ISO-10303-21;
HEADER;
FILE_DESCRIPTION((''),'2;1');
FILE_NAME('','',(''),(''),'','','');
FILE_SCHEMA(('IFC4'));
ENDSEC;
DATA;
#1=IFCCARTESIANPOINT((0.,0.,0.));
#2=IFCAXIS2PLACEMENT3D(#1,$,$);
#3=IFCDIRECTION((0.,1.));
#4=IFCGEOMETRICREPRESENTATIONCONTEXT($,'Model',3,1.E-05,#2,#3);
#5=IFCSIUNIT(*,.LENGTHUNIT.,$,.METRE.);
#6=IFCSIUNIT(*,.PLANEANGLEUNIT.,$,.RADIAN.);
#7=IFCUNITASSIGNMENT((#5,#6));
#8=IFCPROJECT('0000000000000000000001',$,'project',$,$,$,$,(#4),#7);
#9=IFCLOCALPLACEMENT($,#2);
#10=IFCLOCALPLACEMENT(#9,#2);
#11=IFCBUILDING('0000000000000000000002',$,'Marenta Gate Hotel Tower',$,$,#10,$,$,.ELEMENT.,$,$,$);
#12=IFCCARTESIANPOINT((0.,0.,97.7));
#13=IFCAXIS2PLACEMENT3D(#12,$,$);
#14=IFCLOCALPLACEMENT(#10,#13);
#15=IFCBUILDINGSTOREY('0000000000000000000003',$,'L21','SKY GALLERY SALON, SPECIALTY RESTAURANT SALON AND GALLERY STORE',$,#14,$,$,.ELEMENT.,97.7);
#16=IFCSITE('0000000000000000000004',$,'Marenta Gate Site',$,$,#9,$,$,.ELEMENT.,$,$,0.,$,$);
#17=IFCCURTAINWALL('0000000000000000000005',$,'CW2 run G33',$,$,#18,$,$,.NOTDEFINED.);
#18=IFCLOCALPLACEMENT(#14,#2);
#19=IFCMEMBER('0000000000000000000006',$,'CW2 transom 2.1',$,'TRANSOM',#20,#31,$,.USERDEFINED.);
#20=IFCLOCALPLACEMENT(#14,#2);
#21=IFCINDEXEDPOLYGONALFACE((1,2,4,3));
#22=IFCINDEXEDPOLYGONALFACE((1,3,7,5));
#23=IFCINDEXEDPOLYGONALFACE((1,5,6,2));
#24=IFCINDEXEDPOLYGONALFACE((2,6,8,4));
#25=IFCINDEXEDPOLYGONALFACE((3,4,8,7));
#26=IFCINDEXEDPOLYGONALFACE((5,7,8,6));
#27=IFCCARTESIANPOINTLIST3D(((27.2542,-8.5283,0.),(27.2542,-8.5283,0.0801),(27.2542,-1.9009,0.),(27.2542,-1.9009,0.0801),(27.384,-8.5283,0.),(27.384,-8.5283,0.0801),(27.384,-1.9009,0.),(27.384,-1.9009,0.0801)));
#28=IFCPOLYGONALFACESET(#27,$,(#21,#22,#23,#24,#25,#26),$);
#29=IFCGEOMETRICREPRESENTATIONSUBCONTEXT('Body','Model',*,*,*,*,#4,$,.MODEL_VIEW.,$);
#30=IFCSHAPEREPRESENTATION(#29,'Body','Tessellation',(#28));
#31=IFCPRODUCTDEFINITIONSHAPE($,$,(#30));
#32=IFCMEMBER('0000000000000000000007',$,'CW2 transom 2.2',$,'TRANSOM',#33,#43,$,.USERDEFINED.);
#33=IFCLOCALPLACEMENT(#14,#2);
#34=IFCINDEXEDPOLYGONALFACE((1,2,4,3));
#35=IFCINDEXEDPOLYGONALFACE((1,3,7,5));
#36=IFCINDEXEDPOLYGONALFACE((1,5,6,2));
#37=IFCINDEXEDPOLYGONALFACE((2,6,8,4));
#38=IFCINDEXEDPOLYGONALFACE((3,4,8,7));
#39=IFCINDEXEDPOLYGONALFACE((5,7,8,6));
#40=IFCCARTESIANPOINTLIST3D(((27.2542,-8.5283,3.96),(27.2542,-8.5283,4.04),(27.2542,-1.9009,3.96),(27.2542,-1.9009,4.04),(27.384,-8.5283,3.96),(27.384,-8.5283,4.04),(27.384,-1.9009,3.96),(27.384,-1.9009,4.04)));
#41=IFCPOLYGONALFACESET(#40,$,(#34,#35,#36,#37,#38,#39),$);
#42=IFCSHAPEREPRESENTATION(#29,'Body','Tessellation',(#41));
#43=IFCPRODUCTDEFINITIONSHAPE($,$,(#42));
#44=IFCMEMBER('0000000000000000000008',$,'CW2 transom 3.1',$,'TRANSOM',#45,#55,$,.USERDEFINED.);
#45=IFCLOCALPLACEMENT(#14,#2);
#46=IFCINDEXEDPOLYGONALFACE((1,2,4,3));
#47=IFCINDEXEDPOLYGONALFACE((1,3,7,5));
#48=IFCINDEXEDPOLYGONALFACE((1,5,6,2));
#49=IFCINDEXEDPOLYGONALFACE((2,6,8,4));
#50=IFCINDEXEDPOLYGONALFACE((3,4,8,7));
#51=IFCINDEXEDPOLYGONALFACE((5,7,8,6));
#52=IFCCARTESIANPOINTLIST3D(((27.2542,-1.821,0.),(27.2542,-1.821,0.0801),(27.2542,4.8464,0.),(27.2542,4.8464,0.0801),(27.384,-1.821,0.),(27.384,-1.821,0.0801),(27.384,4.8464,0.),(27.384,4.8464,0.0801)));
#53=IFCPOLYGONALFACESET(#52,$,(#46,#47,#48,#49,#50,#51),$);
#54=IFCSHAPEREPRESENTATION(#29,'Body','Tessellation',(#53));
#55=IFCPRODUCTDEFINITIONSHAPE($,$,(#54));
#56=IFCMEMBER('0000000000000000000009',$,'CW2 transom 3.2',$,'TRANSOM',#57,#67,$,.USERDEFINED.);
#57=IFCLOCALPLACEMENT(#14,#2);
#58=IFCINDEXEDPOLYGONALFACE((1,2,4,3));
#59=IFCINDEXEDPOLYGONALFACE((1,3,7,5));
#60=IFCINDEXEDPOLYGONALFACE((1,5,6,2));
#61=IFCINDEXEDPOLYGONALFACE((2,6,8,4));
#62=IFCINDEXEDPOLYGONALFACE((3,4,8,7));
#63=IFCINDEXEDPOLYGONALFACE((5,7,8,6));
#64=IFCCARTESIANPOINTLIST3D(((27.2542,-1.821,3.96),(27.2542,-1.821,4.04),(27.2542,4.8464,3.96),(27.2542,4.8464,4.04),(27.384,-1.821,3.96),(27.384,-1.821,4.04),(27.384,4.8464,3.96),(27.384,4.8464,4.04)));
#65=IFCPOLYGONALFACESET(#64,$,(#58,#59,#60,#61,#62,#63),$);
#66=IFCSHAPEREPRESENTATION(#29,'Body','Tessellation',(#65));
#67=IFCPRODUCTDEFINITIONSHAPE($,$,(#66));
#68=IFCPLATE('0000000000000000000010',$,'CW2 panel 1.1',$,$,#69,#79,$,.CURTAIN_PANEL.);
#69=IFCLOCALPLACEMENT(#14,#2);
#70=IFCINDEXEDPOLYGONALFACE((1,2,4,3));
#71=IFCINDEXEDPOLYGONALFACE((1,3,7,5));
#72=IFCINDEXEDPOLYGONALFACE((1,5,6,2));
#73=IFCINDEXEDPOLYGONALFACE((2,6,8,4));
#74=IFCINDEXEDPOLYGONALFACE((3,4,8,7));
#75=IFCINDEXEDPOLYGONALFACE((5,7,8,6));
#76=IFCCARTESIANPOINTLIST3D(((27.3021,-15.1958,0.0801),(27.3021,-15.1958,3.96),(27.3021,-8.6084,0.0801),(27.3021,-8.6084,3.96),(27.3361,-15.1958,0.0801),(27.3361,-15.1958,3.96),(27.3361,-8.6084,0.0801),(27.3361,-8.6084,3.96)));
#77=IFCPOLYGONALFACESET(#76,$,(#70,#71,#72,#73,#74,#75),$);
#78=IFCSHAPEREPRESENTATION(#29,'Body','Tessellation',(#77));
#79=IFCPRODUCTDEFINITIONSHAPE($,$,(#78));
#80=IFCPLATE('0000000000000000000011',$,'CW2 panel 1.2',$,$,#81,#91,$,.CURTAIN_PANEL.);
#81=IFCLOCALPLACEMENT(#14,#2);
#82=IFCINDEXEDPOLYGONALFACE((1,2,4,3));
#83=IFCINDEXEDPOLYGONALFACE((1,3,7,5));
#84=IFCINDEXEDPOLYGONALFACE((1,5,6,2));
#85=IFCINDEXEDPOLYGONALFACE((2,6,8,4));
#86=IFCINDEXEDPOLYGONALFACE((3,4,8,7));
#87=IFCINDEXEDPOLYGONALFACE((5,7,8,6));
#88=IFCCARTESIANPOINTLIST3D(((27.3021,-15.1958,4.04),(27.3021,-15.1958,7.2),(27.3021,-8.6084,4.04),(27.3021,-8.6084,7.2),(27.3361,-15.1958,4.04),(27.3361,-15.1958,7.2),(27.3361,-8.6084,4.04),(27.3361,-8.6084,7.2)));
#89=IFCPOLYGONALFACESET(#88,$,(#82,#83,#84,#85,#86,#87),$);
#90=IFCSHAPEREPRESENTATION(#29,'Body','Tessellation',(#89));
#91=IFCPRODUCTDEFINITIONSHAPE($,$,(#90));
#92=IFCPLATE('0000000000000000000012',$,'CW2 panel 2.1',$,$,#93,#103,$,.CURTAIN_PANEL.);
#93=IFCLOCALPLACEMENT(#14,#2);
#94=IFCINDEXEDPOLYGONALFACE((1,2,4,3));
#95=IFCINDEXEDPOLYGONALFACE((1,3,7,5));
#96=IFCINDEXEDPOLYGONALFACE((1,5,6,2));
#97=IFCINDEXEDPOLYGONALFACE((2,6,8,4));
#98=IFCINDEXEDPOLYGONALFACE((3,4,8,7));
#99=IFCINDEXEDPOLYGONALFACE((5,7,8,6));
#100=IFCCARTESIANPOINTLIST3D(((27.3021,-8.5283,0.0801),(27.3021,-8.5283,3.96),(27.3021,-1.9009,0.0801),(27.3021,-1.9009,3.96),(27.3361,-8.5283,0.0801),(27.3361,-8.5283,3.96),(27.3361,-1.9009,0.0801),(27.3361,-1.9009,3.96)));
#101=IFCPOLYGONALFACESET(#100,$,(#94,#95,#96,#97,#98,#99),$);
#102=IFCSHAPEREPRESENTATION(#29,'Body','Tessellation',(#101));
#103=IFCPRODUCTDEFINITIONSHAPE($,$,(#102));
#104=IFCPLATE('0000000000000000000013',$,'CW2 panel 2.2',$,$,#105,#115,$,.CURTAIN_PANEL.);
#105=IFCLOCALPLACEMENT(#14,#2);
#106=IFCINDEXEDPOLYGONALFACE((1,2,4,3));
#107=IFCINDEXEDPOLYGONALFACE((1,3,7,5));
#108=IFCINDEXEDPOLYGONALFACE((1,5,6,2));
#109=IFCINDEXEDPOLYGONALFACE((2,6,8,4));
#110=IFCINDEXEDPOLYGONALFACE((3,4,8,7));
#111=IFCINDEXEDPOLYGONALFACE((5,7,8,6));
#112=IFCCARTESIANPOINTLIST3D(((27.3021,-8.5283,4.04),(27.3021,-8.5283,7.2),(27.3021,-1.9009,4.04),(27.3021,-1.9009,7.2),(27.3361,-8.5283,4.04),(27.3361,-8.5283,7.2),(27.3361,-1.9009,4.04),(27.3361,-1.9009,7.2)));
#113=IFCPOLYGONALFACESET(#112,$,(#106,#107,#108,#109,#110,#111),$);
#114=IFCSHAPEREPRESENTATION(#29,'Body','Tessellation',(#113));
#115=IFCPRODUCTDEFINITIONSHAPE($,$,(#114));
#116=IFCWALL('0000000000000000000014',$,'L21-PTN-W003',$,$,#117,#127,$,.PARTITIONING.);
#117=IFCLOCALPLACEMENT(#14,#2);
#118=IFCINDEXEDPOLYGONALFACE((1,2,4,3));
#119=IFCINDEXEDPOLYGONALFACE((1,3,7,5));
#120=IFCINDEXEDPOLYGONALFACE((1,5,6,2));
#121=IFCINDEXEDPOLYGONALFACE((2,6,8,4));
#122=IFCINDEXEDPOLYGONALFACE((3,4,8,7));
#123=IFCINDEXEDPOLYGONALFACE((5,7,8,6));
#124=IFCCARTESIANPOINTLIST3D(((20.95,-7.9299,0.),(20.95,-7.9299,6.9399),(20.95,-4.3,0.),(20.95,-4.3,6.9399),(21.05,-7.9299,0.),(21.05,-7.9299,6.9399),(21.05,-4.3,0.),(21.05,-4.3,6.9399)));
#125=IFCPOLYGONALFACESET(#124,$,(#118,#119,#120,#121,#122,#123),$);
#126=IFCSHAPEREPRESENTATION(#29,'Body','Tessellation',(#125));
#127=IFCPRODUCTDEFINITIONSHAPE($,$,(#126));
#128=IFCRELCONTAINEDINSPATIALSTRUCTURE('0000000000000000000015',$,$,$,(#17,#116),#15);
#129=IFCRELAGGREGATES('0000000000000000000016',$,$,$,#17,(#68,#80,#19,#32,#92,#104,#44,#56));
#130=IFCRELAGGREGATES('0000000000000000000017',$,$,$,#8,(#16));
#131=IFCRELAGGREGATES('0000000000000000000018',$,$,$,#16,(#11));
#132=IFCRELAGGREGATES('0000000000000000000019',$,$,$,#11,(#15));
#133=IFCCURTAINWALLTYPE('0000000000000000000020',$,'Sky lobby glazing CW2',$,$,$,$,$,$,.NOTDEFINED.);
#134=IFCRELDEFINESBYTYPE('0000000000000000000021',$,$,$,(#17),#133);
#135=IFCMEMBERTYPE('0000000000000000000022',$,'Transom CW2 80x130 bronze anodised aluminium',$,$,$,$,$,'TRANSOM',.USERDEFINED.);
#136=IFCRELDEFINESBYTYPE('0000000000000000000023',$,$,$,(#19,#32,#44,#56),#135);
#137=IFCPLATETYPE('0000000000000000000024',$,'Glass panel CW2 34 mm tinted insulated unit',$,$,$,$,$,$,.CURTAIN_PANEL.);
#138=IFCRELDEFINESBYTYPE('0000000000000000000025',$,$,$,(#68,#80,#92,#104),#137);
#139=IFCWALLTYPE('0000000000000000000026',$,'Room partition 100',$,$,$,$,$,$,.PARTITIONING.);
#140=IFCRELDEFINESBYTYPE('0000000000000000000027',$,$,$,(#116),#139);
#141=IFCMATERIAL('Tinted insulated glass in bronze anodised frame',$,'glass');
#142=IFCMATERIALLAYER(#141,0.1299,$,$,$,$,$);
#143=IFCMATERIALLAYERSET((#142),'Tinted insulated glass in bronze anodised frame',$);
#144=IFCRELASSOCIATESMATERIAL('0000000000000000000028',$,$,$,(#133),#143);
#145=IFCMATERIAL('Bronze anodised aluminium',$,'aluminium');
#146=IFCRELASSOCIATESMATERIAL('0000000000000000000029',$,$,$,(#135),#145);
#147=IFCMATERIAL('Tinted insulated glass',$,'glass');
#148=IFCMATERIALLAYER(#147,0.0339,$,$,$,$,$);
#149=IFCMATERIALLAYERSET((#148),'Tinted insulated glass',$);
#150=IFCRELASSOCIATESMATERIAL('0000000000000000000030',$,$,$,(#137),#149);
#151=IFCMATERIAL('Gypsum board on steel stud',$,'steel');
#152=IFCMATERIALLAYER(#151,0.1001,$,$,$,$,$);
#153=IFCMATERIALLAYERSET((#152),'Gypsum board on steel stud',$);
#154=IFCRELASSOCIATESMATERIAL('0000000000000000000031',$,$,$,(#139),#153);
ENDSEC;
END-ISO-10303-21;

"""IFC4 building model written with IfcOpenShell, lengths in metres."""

from ifc_helpers import new_model, si_unit, direction, frame, frame_2d, origin, origin_2d, place, context, subcontext, project, spatial, rectangle, extrude, material, layer, layer_set, material_profile, profile_set, type_object, element, aggregate, save


model = new_model("IFC4")

# Units and contexts
model_context = context("Model", 3, precision=1e-05, world=origin(), true_north=direction((0.0, 1.0)))
body_context = subcontext(model_context, "Body", "Model", "MODEL_VIEW")
ifc_project = project(units=[si_unit("LENGTHUNIT", "METRE"), si_unit("PLANEANGLEUNIT", "RADIAN")], contexts=[model_context])

# Site, building, storey
site_placement = place(None, origin())
site = spatial("IfcSite", under=ifc_project, at=site_placement, Name="Marenta Gate Site", CompositionType="ELEMENT", RefElevation=0.0)
building_placement = place(site_placement, origin())
building = spatial("IfcBuilding", under=site, at=building_placement, Name="Marenta Gate Hotel Tower", CompositionType="ELEMENT")
storey_placement = place(building_placement, frame((0.0, 0.0, 97.7)))
storey = spatial("IfcBuildingStorey", under=building, at=storey_placement, Name="L21", Description="SKY GALLERY SALON, SPECIALTY RESTAURANT SALON AND GALLERY STORE", CompositionType="ELEMENT", Elevation=97.7)

# Curtain wall, members, plates
ifc_material_1 = material(Name="Tinted insulated glass in bronze anodised frame", Category="glass")
ifc_layer_1 = layer(ifc_material_1, 0.1299)
ifc_layer_set_1 = layer_set([ifc_layer_1], Name="Tinted insulated glass in bronze anodised frame")
curtain_wall_type = type_object("IfcCurtainWallType", Name="Sky lobby glazing CW2", PredefinedType="NOTDEFINED", material=ifc_layer_set_1)
curtain_wall_placement = place(storey_placement, origin())
curtain_wall = element("IfcCurtainWall", 1, at=curtain_wall_placement, inside=storey, type_object=curtain_wall_type, Name="CW2 run G33", PredefinedType="NOTDEFINED")
ifc_material_2 = material(Name="Bronze anodised aluminium", Category="aluminium")
ifc_material_profile_1 = material_profile(ifc_material_2, rectangle(XDim=0.1299, YDim=0.0801, at=origin_2d()), Name="Transom CW2 80x130 bronze anodised aluminium")
ifc_profile_set_1 = profile_set([ifc_material_profile_1], Name="Bronze anodised aluminium")
member_type_1 = type_object("IfcMemberType", Name="Transom CW2 80x130 bronze anodised aluminium", ElementType="TRANSOM", PredefinedType="USERDEFINED", material=ifc_profile_set_1)
member_1_placement = place(storey_placement, frame((27.3191, -8.5283, 0.04), z_axis=(0.0, 1.0, 0.0), x_axis=(-1.0, 0.0, 0.0)))
member_1 = element("IfcMember", 2, at=member_1_placement, type_object=member_type_1, Name="CW2 transom 2.1", ObjectType="TRANSOM", PredefinedType="USERDEFINED", context=body_context, shape_type="SweptSolid", body=[
    extrude(rectangle(XDim=0.1299, YDim=0.0801, at=origin_2d()), origin(), (0.0, 0.0, 1.0), 6.6274),
])
member_2_placement = place(storey_placement, frame((27.3191, -8.5283, 4.0), z_axis=(0.0, 1.0, 0.0), x_axis=(-1.0, 0.0, 0.0)))
member_2 = element("IfcMember", 3, at=member_2_placement, type_object=member_type_1, Name="CW2 transom 2.2", ObjectType="TRANSOM", PredefinedType="USERDEFINED", context=body_context, shape_type="SweptSolid", body=[
    extrude(rectangle(XDim=0.1299, YDim=0.0801, at=origin_2d()), origin(), (0.0, 0.0, 1.0), 6.6274),
])
member_3_placement = place(storey_placement, frame((27.3191, -1.821, 0.04), z_axis=(0.0, 1.0, 0.0), x_axis=(-1.0, 0.0, 0.0)))
member_3 = element("IfcMember", 4, at=member_3_placement, type_object=member_type_1, Name="CW2 transom 3.1", ObjectType="TRANSOM", PredefinedType="USERDEFINED", context=body_context, shape_type="SweptSolid", body=[
    extrude(rectangle(XDim=0.1299, YDim=0.0801, at=origin_2d()), origin(), (0.0, 0.0, 1.0), 6.6675),
])
member_4_placement = place(storey_placement, frame((27.3191, -1.821, 4.0), z_axis=(0.0, 1.0, 0.0), x_axis=(-1.0, 0.0, 0.0)))
member_4 = element("IfcMember", 5, at=member_4_placement, type_object=member_type_1, Name="CW2 transom 3.2", ObjectType="TRANSOM", PredefinedType="USERDEFINED", context=body_context, shape_type="SweptSolid", body=[
    extrude(rectangle(XDim=0.1299, YDim=0.0801, at=origin_2d()), origin(), (0.0, 0.0, 1.0), 6.6675),
])
ifc_material_3 = material(Name="Tinted insulated glass", Category="glass")
ifc_layer_2 = layer(ifc_material_3, 0.0339)
ifc_layer_set_2 = layer_set([ifc_layer_2], Name="Tinted insulated glass")
plate_type = type_object("IfcPlateType", Name="Glass panel CW2 34 mm tinted insulated unit", PredefinedType="CURTAIN_PANEL", material=ifc_layer_set_2)
plate_1_placement = place(storey_placement, frame((27.3191, -11.9021, 0.0801), z_axis=(0.0, 0.0, 1.0), x_axis=(0.0, 1.0, 0.0)))
plate_1 = element("IfcPlate", 6, at=plate_1_placement, type_object=plate_type, Name="CW2 panel 1.1", PredefinedType="CURTAIN_PANEL", context=body_context, shape_type="SweptSolid", body=[
    extrude(rectangle(XDim=6.5874, YDim=0.0339, at=origin_2d()), origin(), (0.0, 0.0, 1.0), 3.8799),
])
plate_2_placement = place(storey_placement, frame((27.3191, -11.9021, 4.04), z_axis=(0.0, 0.0, 1.0), x_axis=(0.0, 1.0, 0.0)))
plate_2 = element("IfcPlate", 7, at=plate_2_placement, type_object=plate_type, Name="CW2 panel 1.2", PredefinedType="CURTAIN_PANEL", context=body_context, shape_type="SweptSolid", body=[
    extrude(rectangle(XDim=6.5874, YDim=0.0339, at=origin_2d()), origin(), (0.0, 0.0, 1.0), 3.1599),
])
plate_3_placement = place(storey_placement, frame((27.3191, -5.2146, 0.0801), z_axis=(0.0, 0.0, 1.0), x_axis=(0.0, 1.0, 0.0)))
plate_3 = element("IfcPlate", 8, at=plate_3_placement, type_object=plate_type, Name="CW2 panel 2.1", PredefinedType="CURTAIN_PANEL", context=body_context, shape_type="SweptSolid", body=[
    extrude(rectangle(XDim=6.6274, YDim=0.0339, at=origin_2d()), origin(), (0.0, 0.0, 1.0), 3.8799),
])
plate_4_placement = place(storey_placement, frame((27.3191, -5.2146, 4.04), z_axis=(0.0, 0.0, 1.0), x_axis=(0.0, 1.0, 0.0)))
plate_4 = element("IfcPlate", 9, at=plate_4_placement, type_object=plate_type, Name="CW2 panel 2.2", PredefinedType="CURTAIN_PANEL", context=body_context, shape_type="SweptSolid", body=[
    extrude(rectangle(XDim=6.6274, YDim=0.0339, at=origin_2d()), origin(), (0.0, 0.0, 1.0), 3.1599),
])
aggregate(curtain_wall, [plate_1, plate_2, member_1, member_2, plate_3, plate_4, member_3, member_4])

# Wall
ifc_material_4 = material(Name="Gypsum board on steel stud", Category="steel")
ifc_layer_3 = layer(ifc_material_4, 0.1001)
ifc_layer_set_3 = layer_set([ifc_layer_3], Name="Gypsum board on steel stud")
wall_type_1 = type_object("IfcWallType", Name="Room partition 100", PredefinedType="PARTITIONING", material=ifc_layer_set_3)
wall_1_placement = place(storey_placement, frame((21.0, -7.9299, 0.0), z_axis=(0.0, 0.0, 1.0), x_axis=(0.0, 1.0, 0.0)))
element("IfcWall", 10, at=wall_1_placement, inside=storey, type_object=wall_type_1, Name="L21-PTN-W003", PredefinedType="PARTITIONING", context=body_context, shape_type="SweptSolid", body=[
    extrude(rectangle(XDim=3.6299, YDim=0.1001, at=frame_2d((1.8149, 0.0))), origin(), (0.0, 0.0, 1.0), 6.9399),
])

save(model, "model.ifc")
